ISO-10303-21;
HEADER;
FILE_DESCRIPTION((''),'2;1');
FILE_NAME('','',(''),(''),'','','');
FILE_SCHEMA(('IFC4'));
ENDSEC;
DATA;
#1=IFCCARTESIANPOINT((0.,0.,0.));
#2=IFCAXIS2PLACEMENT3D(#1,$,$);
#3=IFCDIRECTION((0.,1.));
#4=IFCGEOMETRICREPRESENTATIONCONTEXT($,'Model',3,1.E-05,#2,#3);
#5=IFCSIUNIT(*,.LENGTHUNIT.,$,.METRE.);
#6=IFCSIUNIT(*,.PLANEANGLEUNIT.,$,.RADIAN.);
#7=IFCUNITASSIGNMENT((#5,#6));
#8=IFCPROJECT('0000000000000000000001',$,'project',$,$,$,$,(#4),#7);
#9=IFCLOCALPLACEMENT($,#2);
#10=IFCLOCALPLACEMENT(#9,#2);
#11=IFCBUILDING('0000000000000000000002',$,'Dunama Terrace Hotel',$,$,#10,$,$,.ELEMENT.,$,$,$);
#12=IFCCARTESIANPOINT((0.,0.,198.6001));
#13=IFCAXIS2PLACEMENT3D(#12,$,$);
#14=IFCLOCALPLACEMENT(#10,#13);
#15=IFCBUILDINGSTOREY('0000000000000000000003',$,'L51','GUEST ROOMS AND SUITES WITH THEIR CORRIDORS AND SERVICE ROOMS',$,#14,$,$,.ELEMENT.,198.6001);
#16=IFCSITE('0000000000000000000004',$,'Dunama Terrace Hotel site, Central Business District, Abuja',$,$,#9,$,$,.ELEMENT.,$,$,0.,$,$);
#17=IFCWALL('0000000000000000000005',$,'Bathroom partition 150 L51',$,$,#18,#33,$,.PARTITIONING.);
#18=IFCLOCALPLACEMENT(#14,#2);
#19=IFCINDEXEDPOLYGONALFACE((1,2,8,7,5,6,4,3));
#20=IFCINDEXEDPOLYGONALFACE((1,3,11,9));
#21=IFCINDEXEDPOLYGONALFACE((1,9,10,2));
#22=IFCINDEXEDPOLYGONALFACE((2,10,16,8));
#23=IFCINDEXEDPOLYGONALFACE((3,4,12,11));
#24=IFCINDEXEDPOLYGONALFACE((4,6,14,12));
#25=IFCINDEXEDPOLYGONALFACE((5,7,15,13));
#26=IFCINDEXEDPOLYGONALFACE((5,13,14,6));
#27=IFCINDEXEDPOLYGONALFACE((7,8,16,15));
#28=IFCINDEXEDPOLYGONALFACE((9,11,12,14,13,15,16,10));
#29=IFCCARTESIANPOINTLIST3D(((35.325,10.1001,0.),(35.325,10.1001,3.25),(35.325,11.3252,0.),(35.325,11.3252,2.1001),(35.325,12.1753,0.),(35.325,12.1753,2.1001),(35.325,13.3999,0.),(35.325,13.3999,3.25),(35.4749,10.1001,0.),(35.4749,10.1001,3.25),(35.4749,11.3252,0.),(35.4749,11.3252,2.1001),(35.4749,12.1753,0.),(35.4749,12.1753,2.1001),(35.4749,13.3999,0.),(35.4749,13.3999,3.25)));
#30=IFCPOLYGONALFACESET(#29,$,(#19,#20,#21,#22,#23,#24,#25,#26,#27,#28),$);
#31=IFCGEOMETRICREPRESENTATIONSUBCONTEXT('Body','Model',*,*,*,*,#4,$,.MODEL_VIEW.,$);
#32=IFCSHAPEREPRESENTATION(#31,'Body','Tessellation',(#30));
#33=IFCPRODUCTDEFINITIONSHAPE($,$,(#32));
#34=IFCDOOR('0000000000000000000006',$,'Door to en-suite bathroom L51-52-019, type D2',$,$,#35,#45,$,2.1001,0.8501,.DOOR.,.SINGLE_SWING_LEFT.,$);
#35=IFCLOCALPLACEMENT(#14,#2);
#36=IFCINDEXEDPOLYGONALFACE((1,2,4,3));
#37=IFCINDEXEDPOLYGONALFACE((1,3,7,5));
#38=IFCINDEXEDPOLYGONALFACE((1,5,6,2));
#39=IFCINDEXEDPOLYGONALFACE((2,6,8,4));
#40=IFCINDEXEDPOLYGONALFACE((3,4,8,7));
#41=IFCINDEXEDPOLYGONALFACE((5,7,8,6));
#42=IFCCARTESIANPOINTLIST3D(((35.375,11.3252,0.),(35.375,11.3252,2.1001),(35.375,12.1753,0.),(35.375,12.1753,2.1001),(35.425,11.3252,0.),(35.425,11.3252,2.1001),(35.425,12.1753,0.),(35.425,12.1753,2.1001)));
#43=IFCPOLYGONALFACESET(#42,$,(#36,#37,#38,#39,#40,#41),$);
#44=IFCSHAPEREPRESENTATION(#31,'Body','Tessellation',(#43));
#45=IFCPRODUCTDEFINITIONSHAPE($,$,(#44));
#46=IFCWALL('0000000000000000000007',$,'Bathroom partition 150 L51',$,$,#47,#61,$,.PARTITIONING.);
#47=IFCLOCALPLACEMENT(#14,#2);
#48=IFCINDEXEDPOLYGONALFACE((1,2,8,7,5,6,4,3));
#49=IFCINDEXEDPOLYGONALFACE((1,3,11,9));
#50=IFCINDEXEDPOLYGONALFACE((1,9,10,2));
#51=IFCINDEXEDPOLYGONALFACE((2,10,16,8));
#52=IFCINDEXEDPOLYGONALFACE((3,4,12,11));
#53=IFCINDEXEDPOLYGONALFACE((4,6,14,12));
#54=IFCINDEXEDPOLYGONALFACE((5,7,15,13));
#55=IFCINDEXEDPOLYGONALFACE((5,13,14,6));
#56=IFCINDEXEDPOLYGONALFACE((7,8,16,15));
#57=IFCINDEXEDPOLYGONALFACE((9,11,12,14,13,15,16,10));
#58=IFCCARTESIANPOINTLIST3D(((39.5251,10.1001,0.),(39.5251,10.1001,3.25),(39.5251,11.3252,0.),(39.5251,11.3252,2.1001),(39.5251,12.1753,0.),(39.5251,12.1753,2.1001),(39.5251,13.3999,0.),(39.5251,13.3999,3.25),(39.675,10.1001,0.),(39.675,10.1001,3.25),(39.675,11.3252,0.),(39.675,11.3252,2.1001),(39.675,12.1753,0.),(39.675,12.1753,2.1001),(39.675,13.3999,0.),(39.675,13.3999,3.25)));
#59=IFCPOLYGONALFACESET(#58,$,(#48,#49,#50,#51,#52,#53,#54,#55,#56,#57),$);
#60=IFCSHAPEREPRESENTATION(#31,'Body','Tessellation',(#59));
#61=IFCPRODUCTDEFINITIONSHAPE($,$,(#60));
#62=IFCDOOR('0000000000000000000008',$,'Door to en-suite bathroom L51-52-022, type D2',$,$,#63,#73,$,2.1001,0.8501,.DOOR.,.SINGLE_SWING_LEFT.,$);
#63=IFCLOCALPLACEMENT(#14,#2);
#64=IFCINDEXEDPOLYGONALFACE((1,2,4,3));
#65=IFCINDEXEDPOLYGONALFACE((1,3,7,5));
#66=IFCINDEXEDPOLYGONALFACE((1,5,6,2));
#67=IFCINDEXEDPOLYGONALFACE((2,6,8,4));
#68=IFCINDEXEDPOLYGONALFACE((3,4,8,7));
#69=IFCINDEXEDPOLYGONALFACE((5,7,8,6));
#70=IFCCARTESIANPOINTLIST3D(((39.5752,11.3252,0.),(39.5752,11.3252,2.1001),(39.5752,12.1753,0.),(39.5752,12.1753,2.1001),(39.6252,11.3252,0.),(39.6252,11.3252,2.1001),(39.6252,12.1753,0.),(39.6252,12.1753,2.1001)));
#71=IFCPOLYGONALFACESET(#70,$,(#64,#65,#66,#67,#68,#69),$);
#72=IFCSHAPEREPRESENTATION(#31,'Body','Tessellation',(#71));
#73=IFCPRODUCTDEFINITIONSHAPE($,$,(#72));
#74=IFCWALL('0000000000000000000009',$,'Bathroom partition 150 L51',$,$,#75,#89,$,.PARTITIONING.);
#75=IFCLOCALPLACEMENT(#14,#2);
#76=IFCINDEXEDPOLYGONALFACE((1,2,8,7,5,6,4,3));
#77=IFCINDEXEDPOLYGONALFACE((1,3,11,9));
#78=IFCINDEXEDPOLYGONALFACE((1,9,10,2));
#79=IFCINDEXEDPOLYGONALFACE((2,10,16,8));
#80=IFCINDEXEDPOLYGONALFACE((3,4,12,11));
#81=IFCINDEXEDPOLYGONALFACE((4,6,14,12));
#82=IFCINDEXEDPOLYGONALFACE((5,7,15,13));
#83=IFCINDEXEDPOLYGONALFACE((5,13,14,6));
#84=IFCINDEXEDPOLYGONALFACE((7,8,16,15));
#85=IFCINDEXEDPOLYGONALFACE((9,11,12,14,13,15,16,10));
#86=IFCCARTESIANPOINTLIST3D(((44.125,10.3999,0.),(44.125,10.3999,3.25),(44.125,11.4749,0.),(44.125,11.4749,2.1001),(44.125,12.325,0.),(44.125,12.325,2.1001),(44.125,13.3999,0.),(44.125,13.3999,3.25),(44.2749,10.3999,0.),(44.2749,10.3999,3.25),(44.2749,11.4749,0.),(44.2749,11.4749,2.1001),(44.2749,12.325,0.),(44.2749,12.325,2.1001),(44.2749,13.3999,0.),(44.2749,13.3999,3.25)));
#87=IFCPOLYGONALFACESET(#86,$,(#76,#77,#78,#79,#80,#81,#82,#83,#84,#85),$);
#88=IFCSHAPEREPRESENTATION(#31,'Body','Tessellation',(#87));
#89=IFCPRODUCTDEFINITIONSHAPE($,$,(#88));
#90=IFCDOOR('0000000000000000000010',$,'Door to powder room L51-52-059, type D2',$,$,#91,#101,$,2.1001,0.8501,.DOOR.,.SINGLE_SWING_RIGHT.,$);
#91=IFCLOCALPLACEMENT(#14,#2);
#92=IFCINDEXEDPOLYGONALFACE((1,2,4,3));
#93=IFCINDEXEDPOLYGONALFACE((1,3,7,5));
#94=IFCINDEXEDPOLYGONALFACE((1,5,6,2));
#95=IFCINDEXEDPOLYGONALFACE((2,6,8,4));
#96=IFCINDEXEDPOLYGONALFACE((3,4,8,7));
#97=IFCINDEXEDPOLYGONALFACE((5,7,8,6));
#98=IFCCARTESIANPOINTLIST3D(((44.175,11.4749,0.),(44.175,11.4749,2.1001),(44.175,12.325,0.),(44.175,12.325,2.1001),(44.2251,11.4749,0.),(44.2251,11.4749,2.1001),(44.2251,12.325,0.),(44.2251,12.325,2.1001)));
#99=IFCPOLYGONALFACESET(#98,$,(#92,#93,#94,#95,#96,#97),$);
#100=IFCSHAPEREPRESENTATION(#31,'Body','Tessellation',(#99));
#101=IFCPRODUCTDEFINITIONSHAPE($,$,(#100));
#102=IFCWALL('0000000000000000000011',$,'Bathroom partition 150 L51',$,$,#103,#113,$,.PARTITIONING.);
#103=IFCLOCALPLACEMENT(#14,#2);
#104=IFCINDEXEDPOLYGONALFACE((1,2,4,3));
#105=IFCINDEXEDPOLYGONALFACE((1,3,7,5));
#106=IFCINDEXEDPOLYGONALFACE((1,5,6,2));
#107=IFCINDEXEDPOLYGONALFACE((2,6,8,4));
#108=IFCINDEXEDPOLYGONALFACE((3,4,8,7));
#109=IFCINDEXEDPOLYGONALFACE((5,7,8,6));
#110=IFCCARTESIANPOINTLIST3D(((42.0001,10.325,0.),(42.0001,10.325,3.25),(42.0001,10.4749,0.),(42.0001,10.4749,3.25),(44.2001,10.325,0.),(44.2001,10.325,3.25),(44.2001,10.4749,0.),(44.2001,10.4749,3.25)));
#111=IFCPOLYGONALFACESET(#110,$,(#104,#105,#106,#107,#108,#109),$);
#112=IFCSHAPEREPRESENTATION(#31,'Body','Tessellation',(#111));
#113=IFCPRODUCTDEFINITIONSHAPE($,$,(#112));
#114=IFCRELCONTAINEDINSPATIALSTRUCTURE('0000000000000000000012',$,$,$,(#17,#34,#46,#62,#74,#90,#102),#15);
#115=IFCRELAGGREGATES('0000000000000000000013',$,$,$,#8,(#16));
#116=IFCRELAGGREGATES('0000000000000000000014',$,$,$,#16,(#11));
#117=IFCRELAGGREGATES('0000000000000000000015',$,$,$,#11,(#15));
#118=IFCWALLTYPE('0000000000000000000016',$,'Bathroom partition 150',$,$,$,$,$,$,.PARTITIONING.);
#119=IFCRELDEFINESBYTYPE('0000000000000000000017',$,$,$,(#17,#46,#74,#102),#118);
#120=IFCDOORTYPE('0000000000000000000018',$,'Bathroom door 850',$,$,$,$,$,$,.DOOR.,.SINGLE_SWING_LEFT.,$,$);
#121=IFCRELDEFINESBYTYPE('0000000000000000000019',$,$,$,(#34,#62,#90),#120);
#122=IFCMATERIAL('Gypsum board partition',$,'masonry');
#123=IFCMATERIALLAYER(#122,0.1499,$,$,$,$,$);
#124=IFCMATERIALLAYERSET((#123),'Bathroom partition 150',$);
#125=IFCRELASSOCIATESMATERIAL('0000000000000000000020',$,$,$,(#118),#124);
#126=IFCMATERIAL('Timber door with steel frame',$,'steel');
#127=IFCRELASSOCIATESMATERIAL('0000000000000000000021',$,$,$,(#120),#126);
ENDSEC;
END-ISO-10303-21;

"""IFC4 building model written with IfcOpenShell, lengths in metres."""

from ifc_helpers import new_model, si_unit, direction, frame, frame_2d, origin, place, context, subcontext, project, spatial, rectangle, extrude, material, layer, layer_set, type_object, element, fill, save


model = new_model("IFC4")

# Units and contexts
model_context = context("Model", 3, precision=1e-05, world=origin(), true_north=direction((0.0, 1.0)))
body_context = subcontext(model_context, "Body", "Model", "MODEL_VIEW")
ifc_project = project(units=[si_unit("LENGTHUNIT", "METRE"), si_unit("PLANEANGLEUNIT", "RADIAN")], contexts=[model_context])

# Site, building, storey
site_placement = place(None, origin())
site = spatial("IfcSite", under=ifc_project, at=site_placement, Name="Dunama Terrace Hotel site, Central Business District, Abuja", CompositionType="ELEMENT", RefElevation=0.0)
building_placement = place(site_placement, origin())
building = spatial("IfcBuilding", under=site, at=building_placement, Name="Dunama Terrace Hotel", CompositionType="ELEMENT")
storey_placement = place(building_placement, frame((0.0, 0.0, 198.6001)))
storey = spatial("IfcBuildingStorey", under=building, at=storey_placement, Name="L51", Description="GUEST ROOMS AND SUITES WITH THEIR CORRIDORS AND SERVICE ROOMS", CompositionType="ELEMENT", Elevation=198.6001)

# Walls, openings, doors
ifc_material_1 = material(Name="Gypsum board partition", Category="masonry")
ifc_layer_1 = layer(ifc_material_1, 0.1499)
ifc_layer_set_1 = layer_set([ifc_layer_1], Name="Bathroom partition 150")
wall_type_1 = type_object("IfcWallType", Name="Bathroom partition 150", PredefinedType="PARTITIONING", material=ifc_layer_set_1)
wall_1_placement = place(storey_placement, frame((35.3999, 10.1001, 0.0), z_axis=(0.0, 0.0, 1.0), x_axis=(0.0, 1.0, 0.0)))
wall_1 = element("IfcWall", 1, at=wall_1_placement, inside=storey, type_object=wall_type_1, Name="Bathroom partition 150 L51", PredefinedType="PARTITIONING", context=body_context, shape_type="SweptSolid", body=[
    extrude(rectangle(XDim=3.2998, YDim=0.1499, at=frame_2d((1.6499, 0.0))), origin(), (0.0, 0.0, 1.0), 3.25),
])
opening_1_placement = place(wall_1_placement, frame((1.2251, 0.0, 0.0)))
opening_1 = element("IfcOpeningElement", 2, at=opening_1_placement, cuts=wall_1, PredefinedType="OPENING", context=body_context, shape_type="SweptSolid", body=[
    extrude(rectangle(XDim=0.8501, YDim=2.1001, at=frame_2d((0.425, 1.05))), frame((0.0, 0.085, 0.0), z_axis=(0.0, -1.0, 0.0), x_axis=(1.0, 0.0, 0.0)), (0.0, 0.0, 1.0), 0.1699),
])
ifc_material_2 = material(Name="Timber door with steel frame", Category="steel")
door_type_1 = type_object("IfcDoorType", Name="Bathroom door 850", OperationType="SINGLE_SWING_LEFT", PredefinedType="DOOR", material=ifc_material_2)
door_1_placement = place(opening_1_placement, frame((0.8501, 0.0, 0.0), z_axis=(0.0, 0.0, 1.0), x_axis=(-1.0, 0.0, 0.0)))
door_1 = element("IfcDoor", 3, at=door_1_placement, inside=storey, type_object=door_type_1, Name="Door to en-suite bathroom L51-52-019, type D2", OperationType="SINGLE_SWING_LEFT", OverallHeight=2.1001, OverallWidth=0.8501, PredefinedType="DOOR", context=body_context, shape_type="SweptSolid", body=[
    extrude(rectangle(XDim=0.8501, YDim=2.1001, at=frame_2d((0.425, 1.05))), frame((0.0, 0.0251, 0.0), z_axis=(0.0, -1.0, 0.0), x_axis=(1.0, 0.0, 0.0)), (0.0, 0.0, 1.0), 0.05),
])
fill(opening_1, door_1)
wall_2_placement = place(storey_placement, frame((39.6001, 10.1001, 0.0), z_axis=(0.0, 0.0, 1.0), x_axis=(0.0, 1.0, 0.0)))
wall_2 = element("IfcWall", 4, at=wall_2_placement, inside=storey, type_object=wall_type_1, Name="Bathroom partition 150 L51", PredefinedType="PARTITIONING", context=body_context, shape_type="SweptSolid", body=[
    extrude(rectangle(XDim=3.2998, YDim=0.1499, at=frame_2d((1.6499, 0.0))), origin(), (0.0, 0.0, 1.0), 3.25),
])
opening_2_placement = place(wall_2_placement, frame((1.2251, 0.0, 0.0)))
opening_2 = element("IfcOpeningElement", 5, at=opening_2_placement, cuts=wall_2, PredefinedType="OPENING", context=body_context, shape_type="SweptSolid", body=[
    extrude(rectangle(XDim=0.8501, YDim=2.1001, at=frame_2d((0.425, 1.05))), frame((0.0, 0.085, 0.0), z_axis=(0.0, -1.0, 0.0), x_axis=(1.0, 0.0, 0.0)), (0.0, 0.0, 1.0), 0.1699),
])
door_2_placement = place(opening_2_placement, frame((0.8501, 0.0, 0.0), z_axis=(0.0, 0.0, 1.0), x_axis=(-1.0, 0.0, 0.0)))
door_2 = element("IfcDoor", 6, at=door_2_placement, inside=storey, type_object=door_type_1, Name="Door to en-suite bathroom L51-52-022, type D2", OperationType="SINGLE_SWING_LEFT", OverallHeight=2.1001, OverallWidth=0.8501, PredefinedType="DOOR", context=body_context, shape_type="SweptSolid", body=[
    extrude(rectangle(XDim=0.8501, YDim=2.1001, at=frame_2d((0.425, 1.05))), frame((0.0, 0.0251, 0.0), z_axis=(0.0, -1.0, 0.0), x_axis=(1.0, 0.0, 0.0)), (0.0, 0.0, 1.0), 0.05),
])
fill(opening_2, door_2)
wall_3_placement = place(storey_placement, frame((44.2, 10.3999, 0.0), z_axis=(0.0, 0.0, 1.0), x_axis=(0.0, 1.0, 0.0)))
wall_3 = element("IfcWall", 7, at=wall_3_placement, inside=storey, type_object=wall_type_1, Name="Bathroom partition 150 L51", PredefinedType="PARTITIONING", context=body_context, shape_type="SweptSolid", body=[
    extrude(rectangle(XDim=3.0, YDim=0.1499, at=frame_2d((1.5, 0.0))), origin(), (0.0, 0.0, 1.0), 3.25),
])
opening_3_placement = place(wall_3_placement, frame((1.075, 0.0, 0.0)))
opening_3 = element("IfcOpeningElement", 8, at=opening_3_placement, cuts=wall_3, PredefinedType="OPENING", context=body_context, shape_type="SweptSolid", body=[
    extrude(rectangle(XDim=0.8501, YDim=2.1001, at=frame_2d((0.425, 1.05))), frame((0.0, 0.085, 0.0), z_axis=(0.0, -1.0, 0.0), x_axis=(1.0, 0.0, 0.0)), (0.0, 0.0, 1.0), 0.1699),
])
door_3_placement = place(opening_3_placement, origin())
door_3 = element("IfcDoor", 9, at=door_3_placement, inside=storey, type_object=door_type_1, Name="Door to powder room L51-52-059, type D2", OperationType="SINGLE_SWING_RIGHT", OverallHeight=2.1001, OverallWidth=0.8501, PredefinedType="DOOR", context=body_context, shape_type="SweptSolid", body=[
    extrude(rectangle(XDim=0.8501, YDim=2.1001, at=frame_2d((0.425, 1.05))), frame((0.0, 0.0249, 0.0), z_axis=(0.0, -1.0, 0.0), x_axis=(1.0, 0.0, 0.0)), (0.0, 0.0, 1.0), 0.05),
])
fill(opening_3, door_3)

# Wall
wall_4_placement = place(storey_placement, frame((42.0, 10.3999, 0.0), z_axis=(0.0, 0.0, 1.0), x_axis=(1.0, 0.0, 0.0)))
element("IfcWall", 10, at=wall_4_placement, inside=storey, type_object=wall_type_1, Name="Bathroom partition 150 L51", PredefinedType="PARTITIONING", context=body_context, shape_type="SweptSolid", body=[
    extrude(rectangle(XDim=2.2, YDim=0.1499, at=frame_2d((1.1001, 0.0))), origin(), (0.0, 0.0, 1.0), 3.25),
])

save(model, "model.ifc")
